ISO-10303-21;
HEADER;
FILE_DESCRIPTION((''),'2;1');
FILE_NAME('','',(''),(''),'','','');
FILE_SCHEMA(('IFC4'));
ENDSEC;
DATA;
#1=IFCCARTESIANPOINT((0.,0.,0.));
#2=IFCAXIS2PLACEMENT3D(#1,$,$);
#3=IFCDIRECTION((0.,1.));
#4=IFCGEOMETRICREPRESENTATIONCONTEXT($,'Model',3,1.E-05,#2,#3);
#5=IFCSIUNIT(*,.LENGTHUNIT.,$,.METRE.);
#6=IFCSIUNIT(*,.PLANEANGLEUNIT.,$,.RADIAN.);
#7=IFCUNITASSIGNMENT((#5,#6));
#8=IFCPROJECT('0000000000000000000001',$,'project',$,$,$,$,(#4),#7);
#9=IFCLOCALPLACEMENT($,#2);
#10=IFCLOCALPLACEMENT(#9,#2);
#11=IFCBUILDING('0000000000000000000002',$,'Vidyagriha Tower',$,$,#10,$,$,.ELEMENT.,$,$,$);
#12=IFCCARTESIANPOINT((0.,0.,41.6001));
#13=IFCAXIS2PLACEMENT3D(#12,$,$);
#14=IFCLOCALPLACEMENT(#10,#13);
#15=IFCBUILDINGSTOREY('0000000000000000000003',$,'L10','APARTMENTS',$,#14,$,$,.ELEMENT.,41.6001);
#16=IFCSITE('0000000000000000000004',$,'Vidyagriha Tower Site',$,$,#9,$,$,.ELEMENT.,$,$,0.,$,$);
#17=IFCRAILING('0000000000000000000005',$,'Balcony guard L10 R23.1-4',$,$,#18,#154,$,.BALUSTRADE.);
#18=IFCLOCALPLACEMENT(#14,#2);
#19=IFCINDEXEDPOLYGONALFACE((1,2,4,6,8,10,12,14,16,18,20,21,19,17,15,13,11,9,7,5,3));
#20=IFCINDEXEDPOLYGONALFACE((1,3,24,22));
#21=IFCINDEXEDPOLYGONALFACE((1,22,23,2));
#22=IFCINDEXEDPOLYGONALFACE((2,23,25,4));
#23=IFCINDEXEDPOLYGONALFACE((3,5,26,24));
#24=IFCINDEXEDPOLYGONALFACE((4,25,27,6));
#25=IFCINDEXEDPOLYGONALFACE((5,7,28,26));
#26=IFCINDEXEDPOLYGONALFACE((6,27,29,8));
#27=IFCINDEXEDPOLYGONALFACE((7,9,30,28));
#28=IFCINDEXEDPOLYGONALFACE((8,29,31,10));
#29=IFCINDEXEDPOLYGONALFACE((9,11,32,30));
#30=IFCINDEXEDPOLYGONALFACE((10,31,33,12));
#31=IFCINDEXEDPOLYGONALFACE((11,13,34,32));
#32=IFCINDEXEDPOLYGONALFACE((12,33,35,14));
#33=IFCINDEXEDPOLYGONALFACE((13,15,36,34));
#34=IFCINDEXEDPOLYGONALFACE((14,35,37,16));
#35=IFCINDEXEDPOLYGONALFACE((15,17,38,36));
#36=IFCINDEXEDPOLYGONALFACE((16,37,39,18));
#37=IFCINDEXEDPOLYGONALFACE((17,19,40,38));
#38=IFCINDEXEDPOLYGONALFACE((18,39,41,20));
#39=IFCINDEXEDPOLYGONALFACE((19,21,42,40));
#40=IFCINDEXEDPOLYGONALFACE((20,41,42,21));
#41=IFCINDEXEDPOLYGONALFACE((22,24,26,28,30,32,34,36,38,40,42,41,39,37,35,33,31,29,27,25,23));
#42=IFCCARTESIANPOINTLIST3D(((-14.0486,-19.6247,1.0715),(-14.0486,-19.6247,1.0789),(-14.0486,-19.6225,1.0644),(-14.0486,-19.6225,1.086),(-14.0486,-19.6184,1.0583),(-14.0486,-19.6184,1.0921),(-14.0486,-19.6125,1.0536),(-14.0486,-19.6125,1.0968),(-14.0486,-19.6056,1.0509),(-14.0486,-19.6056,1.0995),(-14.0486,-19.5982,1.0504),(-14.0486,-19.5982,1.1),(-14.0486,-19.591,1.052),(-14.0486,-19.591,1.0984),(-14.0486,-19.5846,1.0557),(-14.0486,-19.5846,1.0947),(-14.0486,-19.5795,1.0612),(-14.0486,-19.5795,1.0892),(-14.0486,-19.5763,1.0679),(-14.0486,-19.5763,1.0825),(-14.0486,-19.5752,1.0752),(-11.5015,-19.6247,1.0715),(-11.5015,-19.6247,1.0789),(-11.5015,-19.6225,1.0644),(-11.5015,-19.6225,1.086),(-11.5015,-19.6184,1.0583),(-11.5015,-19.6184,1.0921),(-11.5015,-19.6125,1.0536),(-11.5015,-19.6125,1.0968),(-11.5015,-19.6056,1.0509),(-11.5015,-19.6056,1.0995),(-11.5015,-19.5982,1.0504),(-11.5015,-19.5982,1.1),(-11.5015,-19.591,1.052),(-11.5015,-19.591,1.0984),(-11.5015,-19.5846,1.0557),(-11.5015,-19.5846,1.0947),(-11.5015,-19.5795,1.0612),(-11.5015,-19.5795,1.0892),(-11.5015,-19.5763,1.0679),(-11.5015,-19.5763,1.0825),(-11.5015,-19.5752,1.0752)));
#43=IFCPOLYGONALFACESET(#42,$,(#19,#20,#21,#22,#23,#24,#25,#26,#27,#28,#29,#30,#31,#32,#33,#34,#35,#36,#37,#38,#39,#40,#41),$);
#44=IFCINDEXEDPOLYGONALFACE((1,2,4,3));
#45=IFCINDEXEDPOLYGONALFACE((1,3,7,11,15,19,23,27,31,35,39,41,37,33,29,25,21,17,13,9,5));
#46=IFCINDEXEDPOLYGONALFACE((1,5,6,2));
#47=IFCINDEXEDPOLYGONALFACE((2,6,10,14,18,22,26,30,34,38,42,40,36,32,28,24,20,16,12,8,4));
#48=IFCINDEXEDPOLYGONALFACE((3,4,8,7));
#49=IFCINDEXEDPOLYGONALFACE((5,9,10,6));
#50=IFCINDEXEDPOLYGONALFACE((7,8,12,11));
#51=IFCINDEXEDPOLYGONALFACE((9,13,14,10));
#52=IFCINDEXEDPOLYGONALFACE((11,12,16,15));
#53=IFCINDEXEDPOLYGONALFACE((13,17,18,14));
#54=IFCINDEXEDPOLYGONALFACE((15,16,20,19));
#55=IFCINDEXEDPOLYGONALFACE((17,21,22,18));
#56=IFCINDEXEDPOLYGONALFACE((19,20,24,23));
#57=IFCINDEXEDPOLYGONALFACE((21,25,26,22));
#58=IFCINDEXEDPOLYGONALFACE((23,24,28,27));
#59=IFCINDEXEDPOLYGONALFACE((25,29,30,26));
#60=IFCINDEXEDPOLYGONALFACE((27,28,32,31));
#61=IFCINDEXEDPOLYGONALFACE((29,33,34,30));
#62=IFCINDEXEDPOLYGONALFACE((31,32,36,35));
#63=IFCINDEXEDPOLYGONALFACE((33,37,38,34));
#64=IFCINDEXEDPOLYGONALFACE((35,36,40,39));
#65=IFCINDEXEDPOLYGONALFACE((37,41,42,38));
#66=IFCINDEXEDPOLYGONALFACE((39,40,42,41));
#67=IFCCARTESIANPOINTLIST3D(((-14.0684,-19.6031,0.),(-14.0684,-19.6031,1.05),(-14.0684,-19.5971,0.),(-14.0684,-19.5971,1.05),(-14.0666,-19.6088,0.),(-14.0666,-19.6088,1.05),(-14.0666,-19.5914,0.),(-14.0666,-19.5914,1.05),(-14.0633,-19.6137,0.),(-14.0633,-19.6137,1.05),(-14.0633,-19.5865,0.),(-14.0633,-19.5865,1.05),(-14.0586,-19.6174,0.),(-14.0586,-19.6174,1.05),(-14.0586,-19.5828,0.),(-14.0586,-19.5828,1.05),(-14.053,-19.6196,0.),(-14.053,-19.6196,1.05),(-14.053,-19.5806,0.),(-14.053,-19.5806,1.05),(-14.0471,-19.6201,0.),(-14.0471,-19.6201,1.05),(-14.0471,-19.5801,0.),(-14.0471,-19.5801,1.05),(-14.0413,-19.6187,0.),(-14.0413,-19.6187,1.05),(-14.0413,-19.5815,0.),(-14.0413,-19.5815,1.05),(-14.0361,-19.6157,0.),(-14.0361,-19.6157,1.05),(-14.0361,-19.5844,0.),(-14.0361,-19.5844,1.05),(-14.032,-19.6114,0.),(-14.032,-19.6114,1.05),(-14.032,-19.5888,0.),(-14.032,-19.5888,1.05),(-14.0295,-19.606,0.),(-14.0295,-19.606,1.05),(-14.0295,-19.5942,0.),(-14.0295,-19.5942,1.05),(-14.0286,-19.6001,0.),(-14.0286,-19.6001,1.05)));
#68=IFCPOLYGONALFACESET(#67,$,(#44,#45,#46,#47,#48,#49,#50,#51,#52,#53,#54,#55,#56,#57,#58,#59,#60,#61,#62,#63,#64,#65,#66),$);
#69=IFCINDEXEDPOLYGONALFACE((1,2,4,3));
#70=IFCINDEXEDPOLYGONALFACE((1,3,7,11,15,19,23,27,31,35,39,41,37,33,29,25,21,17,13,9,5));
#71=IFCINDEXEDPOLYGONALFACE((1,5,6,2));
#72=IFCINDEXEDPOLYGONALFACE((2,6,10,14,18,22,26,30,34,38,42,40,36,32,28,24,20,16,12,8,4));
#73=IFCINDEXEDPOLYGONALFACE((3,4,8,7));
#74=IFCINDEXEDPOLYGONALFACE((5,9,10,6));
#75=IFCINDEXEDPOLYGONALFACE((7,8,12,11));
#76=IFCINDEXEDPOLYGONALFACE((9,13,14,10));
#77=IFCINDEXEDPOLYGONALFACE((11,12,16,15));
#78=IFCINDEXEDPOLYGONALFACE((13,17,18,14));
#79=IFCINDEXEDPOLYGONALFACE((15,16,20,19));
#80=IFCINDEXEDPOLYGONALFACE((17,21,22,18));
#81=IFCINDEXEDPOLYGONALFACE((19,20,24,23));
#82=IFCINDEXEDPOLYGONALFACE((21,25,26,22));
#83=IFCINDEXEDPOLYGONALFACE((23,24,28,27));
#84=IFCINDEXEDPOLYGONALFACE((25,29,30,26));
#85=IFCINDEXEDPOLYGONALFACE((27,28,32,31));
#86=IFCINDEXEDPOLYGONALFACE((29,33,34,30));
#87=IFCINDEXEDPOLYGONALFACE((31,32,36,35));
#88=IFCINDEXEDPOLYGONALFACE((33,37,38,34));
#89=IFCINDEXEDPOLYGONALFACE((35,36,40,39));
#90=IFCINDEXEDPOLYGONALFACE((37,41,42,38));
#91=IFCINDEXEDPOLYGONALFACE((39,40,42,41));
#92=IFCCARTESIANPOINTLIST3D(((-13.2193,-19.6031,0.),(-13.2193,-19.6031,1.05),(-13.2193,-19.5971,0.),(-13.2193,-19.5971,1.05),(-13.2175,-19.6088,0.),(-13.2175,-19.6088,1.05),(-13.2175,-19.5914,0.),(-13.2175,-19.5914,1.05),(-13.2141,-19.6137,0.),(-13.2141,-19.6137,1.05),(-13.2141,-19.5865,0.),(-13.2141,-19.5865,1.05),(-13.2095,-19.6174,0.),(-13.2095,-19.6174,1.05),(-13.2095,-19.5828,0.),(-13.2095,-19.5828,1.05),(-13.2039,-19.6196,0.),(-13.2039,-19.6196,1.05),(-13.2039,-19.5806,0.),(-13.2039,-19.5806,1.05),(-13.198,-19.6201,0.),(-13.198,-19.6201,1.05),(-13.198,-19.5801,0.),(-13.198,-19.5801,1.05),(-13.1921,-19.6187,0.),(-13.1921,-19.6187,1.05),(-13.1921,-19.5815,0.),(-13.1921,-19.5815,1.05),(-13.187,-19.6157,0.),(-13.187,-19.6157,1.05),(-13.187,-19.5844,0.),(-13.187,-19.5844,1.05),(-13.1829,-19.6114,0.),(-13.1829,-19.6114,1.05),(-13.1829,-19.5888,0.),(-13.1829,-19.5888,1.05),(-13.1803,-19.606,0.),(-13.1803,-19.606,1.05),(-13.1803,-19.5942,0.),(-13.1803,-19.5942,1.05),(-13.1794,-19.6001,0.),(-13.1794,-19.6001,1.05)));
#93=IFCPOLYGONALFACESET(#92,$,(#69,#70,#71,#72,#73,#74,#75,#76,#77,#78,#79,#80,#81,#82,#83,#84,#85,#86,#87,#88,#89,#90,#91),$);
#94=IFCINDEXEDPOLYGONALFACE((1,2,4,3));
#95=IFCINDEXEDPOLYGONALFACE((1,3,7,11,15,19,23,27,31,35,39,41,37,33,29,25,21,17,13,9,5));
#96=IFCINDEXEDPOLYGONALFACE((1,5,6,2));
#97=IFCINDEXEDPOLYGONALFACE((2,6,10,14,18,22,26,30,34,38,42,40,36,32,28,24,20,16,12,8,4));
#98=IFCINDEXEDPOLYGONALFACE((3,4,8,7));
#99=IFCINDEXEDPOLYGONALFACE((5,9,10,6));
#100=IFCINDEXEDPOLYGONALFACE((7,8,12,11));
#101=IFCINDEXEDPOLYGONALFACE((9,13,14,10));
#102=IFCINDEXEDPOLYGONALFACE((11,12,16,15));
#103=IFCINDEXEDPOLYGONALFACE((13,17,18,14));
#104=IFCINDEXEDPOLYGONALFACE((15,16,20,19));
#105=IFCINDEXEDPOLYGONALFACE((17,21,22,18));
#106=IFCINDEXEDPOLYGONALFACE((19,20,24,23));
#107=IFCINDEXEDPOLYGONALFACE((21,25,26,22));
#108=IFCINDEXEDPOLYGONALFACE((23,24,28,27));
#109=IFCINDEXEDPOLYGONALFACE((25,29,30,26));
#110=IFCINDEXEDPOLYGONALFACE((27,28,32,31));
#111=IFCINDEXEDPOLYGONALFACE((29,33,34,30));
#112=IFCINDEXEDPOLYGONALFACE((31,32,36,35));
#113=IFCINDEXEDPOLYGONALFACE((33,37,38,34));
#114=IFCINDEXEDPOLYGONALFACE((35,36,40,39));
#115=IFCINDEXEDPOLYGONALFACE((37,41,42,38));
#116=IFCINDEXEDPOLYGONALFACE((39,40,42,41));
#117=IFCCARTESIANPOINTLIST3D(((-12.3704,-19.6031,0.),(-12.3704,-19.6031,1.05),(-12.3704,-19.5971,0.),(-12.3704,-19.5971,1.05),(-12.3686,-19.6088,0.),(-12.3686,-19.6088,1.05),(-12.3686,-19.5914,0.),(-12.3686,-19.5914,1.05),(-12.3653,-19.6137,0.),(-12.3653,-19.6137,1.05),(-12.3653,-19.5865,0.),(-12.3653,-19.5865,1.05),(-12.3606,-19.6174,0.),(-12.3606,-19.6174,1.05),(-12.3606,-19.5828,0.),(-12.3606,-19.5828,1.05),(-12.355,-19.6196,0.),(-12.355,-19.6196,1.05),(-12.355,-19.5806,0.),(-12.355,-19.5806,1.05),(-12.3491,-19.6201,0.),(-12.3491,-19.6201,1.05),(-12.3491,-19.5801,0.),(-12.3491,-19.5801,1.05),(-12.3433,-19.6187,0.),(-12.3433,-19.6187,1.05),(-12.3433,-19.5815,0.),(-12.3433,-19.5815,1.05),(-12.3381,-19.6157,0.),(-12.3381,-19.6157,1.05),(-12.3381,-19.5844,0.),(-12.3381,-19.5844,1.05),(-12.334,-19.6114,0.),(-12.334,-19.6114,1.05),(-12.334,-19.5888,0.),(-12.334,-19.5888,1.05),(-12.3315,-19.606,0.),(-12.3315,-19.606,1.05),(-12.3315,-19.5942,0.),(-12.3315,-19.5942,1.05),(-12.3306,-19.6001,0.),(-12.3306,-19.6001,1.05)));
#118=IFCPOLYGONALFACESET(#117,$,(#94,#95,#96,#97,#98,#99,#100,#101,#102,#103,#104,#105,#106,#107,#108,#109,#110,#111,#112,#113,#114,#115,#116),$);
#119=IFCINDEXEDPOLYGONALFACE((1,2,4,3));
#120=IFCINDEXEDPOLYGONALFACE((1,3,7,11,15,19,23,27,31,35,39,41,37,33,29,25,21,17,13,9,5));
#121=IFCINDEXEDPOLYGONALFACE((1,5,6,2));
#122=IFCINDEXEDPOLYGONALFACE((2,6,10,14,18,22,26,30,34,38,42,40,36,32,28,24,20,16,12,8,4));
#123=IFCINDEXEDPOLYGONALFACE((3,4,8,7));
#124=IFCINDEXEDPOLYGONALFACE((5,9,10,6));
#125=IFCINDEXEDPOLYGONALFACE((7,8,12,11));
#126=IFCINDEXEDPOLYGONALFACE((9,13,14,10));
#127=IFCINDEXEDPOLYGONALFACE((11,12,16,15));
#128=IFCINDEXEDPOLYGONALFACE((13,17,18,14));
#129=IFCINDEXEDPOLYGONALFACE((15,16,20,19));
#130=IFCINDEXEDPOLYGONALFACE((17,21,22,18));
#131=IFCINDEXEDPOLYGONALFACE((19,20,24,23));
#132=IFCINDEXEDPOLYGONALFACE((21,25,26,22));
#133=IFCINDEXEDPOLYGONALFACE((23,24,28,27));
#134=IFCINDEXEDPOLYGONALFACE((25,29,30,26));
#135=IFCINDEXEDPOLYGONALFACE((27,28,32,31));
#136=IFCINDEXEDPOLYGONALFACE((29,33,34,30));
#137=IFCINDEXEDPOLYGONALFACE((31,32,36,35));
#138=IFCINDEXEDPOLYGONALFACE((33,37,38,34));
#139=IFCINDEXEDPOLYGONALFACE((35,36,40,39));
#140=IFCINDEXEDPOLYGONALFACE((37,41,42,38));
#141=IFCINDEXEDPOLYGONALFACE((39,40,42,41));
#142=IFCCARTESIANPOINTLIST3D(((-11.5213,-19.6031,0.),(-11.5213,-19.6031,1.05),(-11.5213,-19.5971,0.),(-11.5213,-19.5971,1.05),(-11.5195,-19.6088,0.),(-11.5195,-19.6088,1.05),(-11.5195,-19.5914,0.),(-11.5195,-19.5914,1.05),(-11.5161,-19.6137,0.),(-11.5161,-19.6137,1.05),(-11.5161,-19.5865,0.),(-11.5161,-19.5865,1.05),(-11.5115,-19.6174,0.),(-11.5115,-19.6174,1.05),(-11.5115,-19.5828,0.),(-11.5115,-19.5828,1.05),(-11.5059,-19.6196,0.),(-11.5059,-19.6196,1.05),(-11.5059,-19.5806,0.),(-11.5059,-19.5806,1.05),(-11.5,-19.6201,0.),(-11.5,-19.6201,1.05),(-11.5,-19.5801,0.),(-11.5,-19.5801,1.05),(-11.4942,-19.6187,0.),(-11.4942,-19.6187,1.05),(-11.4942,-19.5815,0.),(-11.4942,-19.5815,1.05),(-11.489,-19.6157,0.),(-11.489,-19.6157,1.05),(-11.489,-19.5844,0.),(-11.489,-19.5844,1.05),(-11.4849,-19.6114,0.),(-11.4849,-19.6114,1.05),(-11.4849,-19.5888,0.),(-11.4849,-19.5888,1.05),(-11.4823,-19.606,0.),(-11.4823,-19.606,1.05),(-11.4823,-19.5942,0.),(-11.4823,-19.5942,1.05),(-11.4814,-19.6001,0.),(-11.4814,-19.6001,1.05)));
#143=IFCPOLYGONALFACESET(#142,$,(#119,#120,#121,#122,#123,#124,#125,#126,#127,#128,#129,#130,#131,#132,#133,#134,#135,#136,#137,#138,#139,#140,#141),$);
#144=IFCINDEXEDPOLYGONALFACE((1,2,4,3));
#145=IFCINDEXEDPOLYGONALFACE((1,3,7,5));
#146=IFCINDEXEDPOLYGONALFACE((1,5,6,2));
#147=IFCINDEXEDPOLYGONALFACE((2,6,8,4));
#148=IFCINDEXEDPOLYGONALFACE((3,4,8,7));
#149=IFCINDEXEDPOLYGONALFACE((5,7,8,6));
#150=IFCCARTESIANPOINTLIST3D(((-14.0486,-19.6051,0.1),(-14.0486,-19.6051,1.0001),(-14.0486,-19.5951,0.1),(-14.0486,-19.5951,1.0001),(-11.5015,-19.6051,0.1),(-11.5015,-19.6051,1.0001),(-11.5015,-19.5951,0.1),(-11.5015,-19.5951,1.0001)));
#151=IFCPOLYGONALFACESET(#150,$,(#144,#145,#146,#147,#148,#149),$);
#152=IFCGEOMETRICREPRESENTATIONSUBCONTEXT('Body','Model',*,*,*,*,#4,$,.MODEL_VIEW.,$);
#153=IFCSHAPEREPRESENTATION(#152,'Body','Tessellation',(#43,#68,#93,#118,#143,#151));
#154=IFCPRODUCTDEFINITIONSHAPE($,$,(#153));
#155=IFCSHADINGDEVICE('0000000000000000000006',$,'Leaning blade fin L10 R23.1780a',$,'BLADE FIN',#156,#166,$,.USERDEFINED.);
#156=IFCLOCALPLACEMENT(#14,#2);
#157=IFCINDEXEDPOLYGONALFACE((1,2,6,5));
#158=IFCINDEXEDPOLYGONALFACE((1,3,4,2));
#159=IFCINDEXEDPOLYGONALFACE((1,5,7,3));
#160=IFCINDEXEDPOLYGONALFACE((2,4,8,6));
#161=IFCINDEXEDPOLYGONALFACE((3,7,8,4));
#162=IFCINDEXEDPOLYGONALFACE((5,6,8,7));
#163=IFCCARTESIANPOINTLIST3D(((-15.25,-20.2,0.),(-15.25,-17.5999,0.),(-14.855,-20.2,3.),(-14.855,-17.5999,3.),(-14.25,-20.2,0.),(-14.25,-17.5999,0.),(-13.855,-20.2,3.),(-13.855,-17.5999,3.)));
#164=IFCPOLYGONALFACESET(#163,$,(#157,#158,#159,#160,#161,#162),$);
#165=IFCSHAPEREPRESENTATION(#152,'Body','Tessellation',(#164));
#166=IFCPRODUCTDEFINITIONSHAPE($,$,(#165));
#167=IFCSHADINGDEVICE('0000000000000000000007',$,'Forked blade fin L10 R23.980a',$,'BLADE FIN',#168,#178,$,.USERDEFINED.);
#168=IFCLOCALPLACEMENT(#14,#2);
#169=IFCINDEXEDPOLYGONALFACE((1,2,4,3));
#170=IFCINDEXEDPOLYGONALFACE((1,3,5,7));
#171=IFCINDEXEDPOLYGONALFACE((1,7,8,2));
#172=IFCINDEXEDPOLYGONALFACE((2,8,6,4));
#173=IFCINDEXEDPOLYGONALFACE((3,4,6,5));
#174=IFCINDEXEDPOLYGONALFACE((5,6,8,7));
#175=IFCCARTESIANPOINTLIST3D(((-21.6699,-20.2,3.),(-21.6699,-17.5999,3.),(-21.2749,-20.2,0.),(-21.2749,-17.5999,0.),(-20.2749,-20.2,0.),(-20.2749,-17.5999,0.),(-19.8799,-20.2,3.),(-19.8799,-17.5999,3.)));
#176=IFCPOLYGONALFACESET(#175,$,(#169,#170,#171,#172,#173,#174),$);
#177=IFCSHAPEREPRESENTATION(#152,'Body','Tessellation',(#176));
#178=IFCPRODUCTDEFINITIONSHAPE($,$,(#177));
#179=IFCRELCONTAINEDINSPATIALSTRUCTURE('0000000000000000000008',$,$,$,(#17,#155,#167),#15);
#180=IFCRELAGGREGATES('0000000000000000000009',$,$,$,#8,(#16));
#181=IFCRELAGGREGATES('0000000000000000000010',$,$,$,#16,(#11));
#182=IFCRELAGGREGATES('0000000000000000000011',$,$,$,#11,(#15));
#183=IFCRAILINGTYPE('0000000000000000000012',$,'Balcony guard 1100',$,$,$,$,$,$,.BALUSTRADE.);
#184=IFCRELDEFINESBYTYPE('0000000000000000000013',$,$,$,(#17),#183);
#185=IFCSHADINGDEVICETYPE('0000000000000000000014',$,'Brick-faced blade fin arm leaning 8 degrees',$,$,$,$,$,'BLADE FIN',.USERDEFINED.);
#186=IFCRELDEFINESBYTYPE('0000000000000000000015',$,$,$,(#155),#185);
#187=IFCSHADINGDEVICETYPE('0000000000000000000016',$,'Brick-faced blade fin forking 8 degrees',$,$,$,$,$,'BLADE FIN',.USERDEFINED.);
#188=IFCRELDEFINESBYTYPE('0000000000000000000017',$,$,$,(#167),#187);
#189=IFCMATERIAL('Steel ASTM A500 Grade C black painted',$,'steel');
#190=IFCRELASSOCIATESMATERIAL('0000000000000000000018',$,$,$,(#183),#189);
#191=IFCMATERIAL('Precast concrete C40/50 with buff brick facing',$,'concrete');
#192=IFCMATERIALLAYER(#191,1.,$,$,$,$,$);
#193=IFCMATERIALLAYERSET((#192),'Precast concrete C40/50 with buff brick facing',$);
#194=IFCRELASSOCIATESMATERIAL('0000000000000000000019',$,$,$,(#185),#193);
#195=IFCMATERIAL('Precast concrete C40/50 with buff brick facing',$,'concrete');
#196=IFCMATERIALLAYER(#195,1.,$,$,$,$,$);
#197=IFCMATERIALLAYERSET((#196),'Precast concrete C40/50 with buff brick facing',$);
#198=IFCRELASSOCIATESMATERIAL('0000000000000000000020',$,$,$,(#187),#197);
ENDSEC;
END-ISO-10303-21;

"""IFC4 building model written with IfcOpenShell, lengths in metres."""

from ifc_helpers import new_model, si_unit, direction, frame, origin, origin_2d, place, context, subcontext, project, spatial, polyline, rectangle, circle, outline, extrude, material, layer, layer_set, type_object, element, save


model = new_model("IFC4")

# Units and contexts
model_context = context("Model", 3, precision=1e-05, world=origin(), true_north=direction((0.0, 1.0)))
body_context = subcontext(model_context, "Body", "Model", "MODEL_VIEW")
ifc_project = project(units=[si_unit("LENGTHUNIT", "METRE"), si_unit("PLANEANGLEUNIT", "RADIAN")], contexts=[model_context])

# Site, building, storey
site_placement = place(None, origin())
site = spatial("IfcSite", under=ifc_project, at=site_placement, Name="Vidyagriha Tower Site", CompositionType="ELEMENT", RefElevation=0.0)
building_placement = place(site_placement, origin())
building = spatial("IfcBuilding", under=site, at=building_placement, Name="Vidyagriha Tower", CompositionType="ELEMENT")
storey_placement = place(building_placement, frame((0.0, 0.0, 41.6001)))
storey = spatial("IfcBuildingStorey", under=building, at=storey_placement, Name="L10", Description="APARTMENTS", CompositionType="ELEMENT", Elevation=41.6001)

# Railing
ifc_material_1 = material(Name="Steel ASTM A500 Grade C black painted", Category="steel")
railing_type = type_object("IfcRailingType", Name="Balcony guard 1100", PredefinedType="BALUSTRADE", material=ifc_material_1)
railing_1_placement = place(storey_placement, frame((-14.0486, -19.6001, 0.0)))
element("IfcRailing", 1, at=railing_1_placement, inside=storey, type_object=railing_type, Name="Balcony guard L10 R23.1-4", PredefinedType="BALUSTRADE", context=body_context, shape_type="SweptSolid", body=[
    extrude(circle(Radius=0.0249, at=origin_2d()), frame((0.0, 0.0, 1.0752), z_axis=(1.0, 0.0, 0.0), x_axis=(0.0, 1.0, 0.0)), (0.0, 0.0, 1.0), 2.5471),
    extrude(circle(Radius=0.02, at=origin_2d()), origin(), (0.0, 0.0, 1.0), 1.05),
    extrude(circle(Radius=0.02, at=origin_2d()), frame((0.8491, 0.0, 0.0)), (0.0, 0.0, 1.0), 1.05),
    extrude(circle(Radius=0.02, at=origin_2d()), frame((1.698, 0.0, 0.0)), (0.0, 0.0, 1.0), 1.05),
    extrude(circle(Radius=0.02, at=origin_2d()), frame((2.5471, 0.0, 0.0)), (0.0, 0.0, 1.0), 1.05),
    extrude(rectangle(XDim=0.01, YDim=0.9001, at=origin_2d()), frame((0.0, 0.0, 0.55), z_axis=(1.0, 0.0, 0.0), x_axis=(0.0, 1.0, 0.0)), (0.0, 0.0, 1.0), 2.5471),
])

# Shading devices
ifc_material_2 = material(Name="Precast concrete C40/50 with buff brick facing", Category="concrete")
ifc_layer_1 = layer(ifc_material_2, 1.0)
ifc_layer_set_1 = layer_set([ifc_layer_1], Name="Precast concrete C40/50 with buff brick facing")
shading_device_type_1 = type_object("IfcShadingDeviceType", Name="Brick-faced blade fin arm leaning 8 degrees", ElementType="BLADE FIN", PredefinedType="USERDEFINED", material=ifc_layer_set_1)
shading_device_1_placement = place(storey_placement, frame((-15.25, -18.8999, 0.0)))
element("IfcShadingDevice", 2, at=shading_device_1_placement, inside=storey, type_object=shading_device_type_1, Name="Leaning blade fin L10 R23.1780a", ObjectType="BLADE FIN", PredefinedType="USERDEFINED", context=body_context, shape_type="SweptSolid", body=[
    extrude(outline(polyline([(0.0, 0.0), (1.0, 0.0), (1.395, 3.0), (0.395, 3.0), (0.0, 0.0)])), frame((0.0, 1.3, 0.0), z_axis=(0.0, -1.0, 0.0), x_axis=(1.0, 0.0, 0.0)), (0.0, 0.0, 1.0), 2.6001),
])
ifc_material_3 = material(Name="Precast concrete C40/50 with buff brick facing", Category="concrete")
ifc_layer_2 = layer(ifc_material_3, 1.0)
ifc_layer_set_2 = layer_set([ifc_layer_2], Name="Precast concrete C40/50 with buff brick facing")
shading_device_type_2 = type_object("IfcShadingDeviceType", Name="Brick-faced blade fin forking 8 degrees", ElementType="BLADE FIN", PredefinedType="USERDEFINED", material=ifc_layer_set_2)
shading_device_2_placement = place(storey_placement, frame((-21.6699, -18.8999, 0.0)))
element("IfcShadingDevice", 3, at=shading_device_2_placement, inside=storey, type_object=shading_device_type_2, Name="Forked blade fin L10 R23.980a", ObjectType="BLADE FIN", PredefinedType="USERDEFINED", context=body_context, shape_type="SweptSolid", body=[
    extrude(outline(polyline([(0.395, 0.0), (1.395, 0.0), (1.79, 3.0), (0.0, 3.0), (0.395, 0.0)])), frame((0.0, 1.3, 0.0), z_axis=(0.0, -1.0, 0.0), x_axis=(1.0, 0.0, 0.0)), (0.0, 0.0, 1.0), 2.6001),
])

save(model, "model.ifc")
